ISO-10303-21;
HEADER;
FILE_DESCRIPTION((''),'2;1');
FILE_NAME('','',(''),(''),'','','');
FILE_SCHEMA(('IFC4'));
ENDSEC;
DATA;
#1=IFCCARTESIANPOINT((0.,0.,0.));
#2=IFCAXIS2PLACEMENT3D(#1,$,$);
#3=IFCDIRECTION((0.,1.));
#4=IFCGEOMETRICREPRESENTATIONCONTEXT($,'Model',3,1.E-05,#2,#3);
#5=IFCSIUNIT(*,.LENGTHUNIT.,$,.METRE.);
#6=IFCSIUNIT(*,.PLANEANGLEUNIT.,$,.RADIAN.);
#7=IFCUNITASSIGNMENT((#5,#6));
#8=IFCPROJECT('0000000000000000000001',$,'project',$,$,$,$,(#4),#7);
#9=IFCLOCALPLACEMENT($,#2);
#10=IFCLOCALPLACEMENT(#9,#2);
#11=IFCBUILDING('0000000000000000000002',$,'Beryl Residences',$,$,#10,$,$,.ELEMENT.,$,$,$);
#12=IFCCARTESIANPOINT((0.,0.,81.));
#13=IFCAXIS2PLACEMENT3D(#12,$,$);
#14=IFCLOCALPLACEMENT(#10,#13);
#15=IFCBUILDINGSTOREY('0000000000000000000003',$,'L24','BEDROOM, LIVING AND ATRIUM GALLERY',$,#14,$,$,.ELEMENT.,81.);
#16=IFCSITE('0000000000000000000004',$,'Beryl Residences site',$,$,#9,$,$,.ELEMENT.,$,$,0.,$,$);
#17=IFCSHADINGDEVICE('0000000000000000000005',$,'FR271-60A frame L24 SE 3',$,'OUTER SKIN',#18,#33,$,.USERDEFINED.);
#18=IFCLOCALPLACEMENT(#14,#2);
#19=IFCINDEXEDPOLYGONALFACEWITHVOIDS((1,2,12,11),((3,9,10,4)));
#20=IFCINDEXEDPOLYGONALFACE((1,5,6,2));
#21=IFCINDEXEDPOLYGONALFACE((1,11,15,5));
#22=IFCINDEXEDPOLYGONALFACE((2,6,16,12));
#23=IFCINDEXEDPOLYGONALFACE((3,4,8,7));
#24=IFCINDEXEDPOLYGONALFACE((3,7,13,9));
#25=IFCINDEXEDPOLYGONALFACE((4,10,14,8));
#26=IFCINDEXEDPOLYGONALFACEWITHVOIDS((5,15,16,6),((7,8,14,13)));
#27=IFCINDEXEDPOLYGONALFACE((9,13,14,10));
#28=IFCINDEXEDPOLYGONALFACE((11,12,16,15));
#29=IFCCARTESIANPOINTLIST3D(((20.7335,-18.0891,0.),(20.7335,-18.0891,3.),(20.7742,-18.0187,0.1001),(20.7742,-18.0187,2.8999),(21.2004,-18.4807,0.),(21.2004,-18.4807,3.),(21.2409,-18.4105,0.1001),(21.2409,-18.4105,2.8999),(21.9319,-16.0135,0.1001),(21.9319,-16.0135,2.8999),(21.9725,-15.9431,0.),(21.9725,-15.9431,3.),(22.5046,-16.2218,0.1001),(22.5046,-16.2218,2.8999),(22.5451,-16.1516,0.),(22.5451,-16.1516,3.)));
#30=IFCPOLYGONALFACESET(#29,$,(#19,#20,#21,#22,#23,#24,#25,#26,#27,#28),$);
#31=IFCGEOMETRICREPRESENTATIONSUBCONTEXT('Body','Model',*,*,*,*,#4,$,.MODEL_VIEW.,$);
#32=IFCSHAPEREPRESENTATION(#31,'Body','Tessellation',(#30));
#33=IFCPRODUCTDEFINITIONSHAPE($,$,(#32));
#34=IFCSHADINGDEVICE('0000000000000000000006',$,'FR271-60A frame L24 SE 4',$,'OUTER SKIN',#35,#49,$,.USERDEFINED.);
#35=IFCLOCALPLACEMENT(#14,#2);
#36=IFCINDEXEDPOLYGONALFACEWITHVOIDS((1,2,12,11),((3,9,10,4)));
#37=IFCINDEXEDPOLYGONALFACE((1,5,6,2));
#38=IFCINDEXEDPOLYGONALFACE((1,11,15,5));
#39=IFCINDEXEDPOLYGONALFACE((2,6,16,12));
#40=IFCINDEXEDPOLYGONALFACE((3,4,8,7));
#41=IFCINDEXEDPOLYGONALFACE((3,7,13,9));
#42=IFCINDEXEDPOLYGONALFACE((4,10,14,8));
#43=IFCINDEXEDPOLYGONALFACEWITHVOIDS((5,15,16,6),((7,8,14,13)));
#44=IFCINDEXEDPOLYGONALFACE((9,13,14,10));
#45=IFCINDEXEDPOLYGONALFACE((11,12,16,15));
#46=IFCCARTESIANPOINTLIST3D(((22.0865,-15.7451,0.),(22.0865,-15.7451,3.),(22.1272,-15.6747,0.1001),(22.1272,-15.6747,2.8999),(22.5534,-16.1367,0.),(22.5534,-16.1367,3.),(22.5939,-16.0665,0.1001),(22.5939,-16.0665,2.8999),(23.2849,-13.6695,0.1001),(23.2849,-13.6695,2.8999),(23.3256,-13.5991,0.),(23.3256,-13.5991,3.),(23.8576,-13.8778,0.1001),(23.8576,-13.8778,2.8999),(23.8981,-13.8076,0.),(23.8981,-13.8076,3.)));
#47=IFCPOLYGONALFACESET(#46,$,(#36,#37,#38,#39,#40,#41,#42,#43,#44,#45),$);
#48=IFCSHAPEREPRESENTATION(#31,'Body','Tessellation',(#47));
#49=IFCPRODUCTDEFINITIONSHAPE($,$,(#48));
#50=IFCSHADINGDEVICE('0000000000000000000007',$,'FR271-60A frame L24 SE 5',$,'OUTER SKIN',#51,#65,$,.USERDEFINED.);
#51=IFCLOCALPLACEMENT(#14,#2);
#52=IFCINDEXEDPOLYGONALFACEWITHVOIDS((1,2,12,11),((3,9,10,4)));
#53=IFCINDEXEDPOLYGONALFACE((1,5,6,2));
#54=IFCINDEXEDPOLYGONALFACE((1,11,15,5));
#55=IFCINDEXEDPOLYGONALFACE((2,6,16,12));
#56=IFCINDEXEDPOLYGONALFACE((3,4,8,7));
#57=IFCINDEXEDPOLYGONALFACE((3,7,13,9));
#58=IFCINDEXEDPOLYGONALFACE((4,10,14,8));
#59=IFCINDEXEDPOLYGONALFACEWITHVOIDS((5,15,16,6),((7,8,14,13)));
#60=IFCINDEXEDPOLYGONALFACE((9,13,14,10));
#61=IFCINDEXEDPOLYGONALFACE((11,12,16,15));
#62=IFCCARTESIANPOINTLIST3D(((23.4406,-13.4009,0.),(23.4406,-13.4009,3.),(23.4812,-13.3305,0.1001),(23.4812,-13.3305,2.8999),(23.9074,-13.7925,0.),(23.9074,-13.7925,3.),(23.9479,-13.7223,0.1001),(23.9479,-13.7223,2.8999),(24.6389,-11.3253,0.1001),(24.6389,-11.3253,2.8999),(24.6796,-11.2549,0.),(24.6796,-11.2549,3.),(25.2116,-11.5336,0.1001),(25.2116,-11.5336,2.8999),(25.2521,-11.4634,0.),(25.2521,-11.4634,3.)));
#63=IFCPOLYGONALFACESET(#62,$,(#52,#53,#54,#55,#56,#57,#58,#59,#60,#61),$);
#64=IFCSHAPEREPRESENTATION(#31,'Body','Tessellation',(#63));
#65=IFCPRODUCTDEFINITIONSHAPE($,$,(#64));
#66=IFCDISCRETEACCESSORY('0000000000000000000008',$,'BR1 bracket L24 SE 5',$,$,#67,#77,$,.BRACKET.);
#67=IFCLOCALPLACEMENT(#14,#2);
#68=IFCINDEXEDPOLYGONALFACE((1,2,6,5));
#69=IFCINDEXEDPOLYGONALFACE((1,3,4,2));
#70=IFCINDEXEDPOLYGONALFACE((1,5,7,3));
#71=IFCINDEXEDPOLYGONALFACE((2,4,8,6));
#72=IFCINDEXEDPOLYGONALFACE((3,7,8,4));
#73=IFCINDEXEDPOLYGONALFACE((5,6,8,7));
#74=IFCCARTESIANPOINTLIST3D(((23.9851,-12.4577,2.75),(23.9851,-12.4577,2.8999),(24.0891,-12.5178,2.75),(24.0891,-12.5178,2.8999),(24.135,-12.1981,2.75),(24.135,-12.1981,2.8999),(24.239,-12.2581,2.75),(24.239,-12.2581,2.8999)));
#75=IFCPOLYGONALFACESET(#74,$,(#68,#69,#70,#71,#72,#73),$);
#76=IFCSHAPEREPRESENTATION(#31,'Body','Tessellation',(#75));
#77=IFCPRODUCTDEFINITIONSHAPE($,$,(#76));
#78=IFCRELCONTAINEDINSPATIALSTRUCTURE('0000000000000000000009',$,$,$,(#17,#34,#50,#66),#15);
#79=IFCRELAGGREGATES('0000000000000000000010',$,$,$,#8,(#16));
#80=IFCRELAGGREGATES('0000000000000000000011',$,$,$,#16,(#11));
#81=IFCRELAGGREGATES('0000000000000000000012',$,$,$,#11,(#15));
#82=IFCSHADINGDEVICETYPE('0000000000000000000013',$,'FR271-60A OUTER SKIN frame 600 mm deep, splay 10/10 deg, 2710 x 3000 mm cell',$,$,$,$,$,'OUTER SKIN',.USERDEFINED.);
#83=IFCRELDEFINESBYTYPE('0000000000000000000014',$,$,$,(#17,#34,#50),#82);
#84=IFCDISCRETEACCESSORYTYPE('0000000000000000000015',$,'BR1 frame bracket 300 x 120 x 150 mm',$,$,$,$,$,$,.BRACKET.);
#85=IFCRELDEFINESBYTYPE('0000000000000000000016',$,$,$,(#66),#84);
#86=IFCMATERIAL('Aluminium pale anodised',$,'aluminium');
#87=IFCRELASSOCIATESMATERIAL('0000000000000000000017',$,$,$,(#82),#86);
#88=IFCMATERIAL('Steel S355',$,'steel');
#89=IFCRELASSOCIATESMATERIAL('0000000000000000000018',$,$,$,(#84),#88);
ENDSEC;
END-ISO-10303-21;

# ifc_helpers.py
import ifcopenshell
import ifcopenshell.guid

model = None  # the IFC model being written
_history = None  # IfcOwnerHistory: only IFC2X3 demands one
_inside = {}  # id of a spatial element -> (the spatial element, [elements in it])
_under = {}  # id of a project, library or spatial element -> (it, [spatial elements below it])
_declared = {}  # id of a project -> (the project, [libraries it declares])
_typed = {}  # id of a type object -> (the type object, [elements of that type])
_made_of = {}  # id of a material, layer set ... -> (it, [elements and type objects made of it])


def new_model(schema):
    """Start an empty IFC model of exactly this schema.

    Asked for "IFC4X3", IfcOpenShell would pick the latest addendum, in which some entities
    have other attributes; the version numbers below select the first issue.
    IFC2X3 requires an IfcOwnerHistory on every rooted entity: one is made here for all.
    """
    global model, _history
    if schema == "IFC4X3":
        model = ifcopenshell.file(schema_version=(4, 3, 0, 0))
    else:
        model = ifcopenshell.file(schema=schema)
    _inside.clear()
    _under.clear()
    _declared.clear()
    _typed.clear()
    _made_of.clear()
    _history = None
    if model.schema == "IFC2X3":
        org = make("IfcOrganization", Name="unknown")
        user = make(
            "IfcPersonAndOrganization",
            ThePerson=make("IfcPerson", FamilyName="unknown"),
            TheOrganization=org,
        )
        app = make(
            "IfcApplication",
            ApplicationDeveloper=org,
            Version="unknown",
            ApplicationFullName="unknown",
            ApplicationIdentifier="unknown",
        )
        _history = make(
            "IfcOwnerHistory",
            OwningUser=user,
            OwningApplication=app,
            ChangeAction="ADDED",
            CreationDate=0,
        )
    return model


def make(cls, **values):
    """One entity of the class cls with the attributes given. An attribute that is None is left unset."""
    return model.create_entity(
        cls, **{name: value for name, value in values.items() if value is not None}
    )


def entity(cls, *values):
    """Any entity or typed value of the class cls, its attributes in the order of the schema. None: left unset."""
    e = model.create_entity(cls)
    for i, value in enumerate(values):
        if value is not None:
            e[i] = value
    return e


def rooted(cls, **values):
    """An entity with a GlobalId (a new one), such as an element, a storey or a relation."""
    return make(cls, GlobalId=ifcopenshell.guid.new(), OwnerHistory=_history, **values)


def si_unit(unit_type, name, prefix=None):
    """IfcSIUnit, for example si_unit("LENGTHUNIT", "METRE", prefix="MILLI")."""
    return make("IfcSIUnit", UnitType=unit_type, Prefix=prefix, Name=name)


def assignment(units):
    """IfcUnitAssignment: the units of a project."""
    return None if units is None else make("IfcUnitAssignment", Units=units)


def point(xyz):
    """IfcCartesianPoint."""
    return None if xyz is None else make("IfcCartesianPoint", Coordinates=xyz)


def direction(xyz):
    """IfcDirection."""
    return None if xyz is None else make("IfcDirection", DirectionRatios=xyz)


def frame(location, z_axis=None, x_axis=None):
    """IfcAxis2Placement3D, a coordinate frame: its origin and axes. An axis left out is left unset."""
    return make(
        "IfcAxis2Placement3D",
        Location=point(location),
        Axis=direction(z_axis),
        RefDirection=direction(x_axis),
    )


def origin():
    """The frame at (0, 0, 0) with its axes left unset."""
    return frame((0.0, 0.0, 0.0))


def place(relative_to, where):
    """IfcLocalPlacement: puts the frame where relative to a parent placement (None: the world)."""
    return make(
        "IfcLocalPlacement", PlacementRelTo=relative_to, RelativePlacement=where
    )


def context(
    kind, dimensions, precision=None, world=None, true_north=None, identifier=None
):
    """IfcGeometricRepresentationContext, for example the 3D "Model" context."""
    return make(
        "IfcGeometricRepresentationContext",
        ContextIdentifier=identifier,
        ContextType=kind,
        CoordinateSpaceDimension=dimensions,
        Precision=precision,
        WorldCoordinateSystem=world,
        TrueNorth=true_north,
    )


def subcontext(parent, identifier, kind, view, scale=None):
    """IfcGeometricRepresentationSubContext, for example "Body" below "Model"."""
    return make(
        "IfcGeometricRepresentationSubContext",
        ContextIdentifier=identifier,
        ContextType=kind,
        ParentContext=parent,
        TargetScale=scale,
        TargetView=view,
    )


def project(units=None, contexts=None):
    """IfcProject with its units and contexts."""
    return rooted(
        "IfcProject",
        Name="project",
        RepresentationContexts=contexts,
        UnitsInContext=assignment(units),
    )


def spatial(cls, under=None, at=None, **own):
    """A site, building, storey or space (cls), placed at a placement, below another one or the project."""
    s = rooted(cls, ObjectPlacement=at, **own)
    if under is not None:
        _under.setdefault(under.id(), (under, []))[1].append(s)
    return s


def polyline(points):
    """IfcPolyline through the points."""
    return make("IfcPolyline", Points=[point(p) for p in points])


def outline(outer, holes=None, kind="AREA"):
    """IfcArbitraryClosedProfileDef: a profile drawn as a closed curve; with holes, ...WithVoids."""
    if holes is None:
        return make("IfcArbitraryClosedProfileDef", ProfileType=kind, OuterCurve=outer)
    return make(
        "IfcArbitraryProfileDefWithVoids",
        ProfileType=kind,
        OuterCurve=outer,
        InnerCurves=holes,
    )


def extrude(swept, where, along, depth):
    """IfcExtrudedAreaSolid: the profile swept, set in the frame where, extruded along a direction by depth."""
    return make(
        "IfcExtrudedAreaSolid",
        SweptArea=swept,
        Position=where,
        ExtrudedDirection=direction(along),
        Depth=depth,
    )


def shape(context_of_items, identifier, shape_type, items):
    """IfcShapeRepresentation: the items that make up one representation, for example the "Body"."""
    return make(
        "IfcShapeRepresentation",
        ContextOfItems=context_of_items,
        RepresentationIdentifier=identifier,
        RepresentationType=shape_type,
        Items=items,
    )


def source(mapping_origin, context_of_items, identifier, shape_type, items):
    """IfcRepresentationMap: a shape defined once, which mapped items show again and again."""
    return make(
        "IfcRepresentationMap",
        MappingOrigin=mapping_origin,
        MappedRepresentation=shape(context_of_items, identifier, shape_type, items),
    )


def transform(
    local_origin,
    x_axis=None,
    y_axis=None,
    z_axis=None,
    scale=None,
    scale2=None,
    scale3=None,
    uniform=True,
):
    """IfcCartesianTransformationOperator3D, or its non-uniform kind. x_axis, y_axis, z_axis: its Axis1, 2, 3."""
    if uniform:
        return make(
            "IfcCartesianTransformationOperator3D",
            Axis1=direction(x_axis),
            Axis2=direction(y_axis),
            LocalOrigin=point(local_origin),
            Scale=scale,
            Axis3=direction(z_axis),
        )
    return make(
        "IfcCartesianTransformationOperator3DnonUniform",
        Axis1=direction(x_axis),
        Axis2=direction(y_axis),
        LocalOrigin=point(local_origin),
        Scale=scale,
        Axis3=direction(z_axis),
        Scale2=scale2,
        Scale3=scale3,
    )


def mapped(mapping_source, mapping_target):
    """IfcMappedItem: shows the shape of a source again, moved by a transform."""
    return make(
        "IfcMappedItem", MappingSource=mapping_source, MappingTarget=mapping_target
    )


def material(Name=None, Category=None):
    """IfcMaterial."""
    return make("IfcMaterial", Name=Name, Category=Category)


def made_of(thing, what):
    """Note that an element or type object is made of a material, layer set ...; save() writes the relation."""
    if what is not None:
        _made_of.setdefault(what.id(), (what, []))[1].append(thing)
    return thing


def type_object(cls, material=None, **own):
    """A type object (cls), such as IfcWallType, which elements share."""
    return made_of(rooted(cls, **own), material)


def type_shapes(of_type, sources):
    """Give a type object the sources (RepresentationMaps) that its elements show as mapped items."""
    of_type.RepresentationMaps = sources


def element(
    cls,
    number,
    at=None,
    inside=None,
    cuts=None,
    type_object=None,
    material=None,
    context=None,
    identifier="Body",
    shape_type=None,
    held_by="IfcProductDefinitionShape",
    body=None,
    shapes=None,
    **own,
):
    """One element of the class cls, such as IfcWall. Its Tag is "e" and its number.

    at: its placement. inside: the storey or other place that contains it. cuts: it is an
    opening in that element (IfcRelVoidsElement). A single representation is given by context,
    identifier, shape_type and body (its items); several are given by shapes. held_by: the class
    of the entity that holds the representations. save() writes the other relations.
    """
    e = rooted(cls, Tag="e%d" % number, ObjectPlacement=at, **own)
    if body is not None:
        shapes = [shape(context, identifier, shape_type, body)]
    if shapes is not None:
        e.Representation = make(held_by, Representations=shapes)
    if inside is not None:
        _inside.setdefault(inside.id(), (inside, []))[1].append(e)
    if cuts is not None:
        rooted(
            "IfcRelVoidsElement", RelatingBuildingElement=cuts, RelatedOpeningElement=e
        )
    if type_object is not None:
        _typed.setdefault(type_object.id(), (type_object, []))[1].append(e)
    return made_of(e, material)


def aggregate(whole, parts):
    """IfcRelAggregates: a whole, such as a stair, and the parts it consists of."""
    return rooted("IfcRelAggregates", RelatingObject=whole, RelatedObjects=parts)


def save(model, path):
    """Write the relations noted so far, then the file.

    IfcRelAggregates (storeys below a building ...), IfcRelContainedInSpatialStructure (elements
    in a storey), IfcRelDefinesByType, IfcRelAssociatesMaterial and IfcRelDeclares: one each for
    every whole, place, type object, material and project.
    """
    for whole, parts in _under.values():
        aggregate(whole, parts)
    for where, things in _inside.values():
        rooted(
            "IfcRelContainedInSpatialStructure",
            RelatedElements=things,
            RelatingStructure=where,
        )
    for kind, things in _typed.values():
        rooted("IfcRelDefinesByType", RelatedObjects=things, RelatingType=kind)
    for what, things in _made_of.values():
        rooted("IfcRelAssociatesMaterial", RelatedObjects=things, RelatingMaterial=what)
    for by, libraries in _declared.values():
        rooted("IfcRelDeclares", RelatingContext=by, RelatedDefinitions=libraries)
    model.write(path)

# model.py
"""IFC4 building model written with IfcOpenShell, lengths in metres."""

from ifc_helpers import new_model, entity, si_unit, direction, frame, origin, place, context, subcontext, project, spatial, polyline, outline, extrude, source, transform, mapped, material, type_object, type_shapes, element, save


model = new_model("IFC4")

# Units and contexts
model_context = context("Model", 3, precision=1e-05, world=origin(), true_north=direction((0.0, 1.0)))
body_context = subcontext(model_context, "Body", "Model", "MODEL_VIEW")
ifc_project = project(units=[si_unit("LENGTHUNIT", "METRE"), si_unit("PLANEANGLEUNIT", "RADIAN")], contexts=[model_context])

# Site, building, storey
site_placement = place(None, origin())
site = spatial("IfcSite", under=ifc_project, at=site_placement, Name="Beryl Residences site", CompositionType="ELEMENT", RefElevation=0.0)
building_placement = place(site_placement, origin())
building = spatial("IfcBuilding", under=site, at=building_placement, Name="Beryl Residences", CompositionType="ELEMENT")
storey_placement = place(building_placement, frame((0.0, 0.0, 81.0)))
storey = spatial("IfcBuildingStorey", under=building, at=storey_placement, Name="L24", Description="BEDROOM, LIVING AND ATRIUM GALLERY", CompositionType="ELEMENT", Elevation=81.0)

# Shading devices
ifc_material_1 = material(Name="Aluminium pale anodised", Category="aluminium")
shading_device_type = type_object("IfcShadingDeviceType", Name="FR271-60A OUTER SKIN frame 600 mm deep, splay 10/10 deg, 2710 x 3000 mm cell", ElementType="OUTER SKIN", PredefinedType="USERDEFINED", material=ifc_material_1)
cartesian_point_1 = entity("IfcCartesianPoint", [-1.239, 0.0])
cartesian_point_2 = entity("IfcCartesianPoint", [-1.1577, 0.1001])
cartesian_point_3 = entity("IfcCartesianPoint", [-1.3447, 0.0])
cartesian_point_4 = entity("IfcCartesianPoint", [-1.2637, 0.1001])
shared_shape_1 = source(origin(), body_context, "Body", "SweptSolid", [
    entity("IfcExtrudedAreaSolidTapered", entity("IfcArbitraryProfileDefWithVoids", "AREA", None, entity("IfcPolyline", [cartesian_point_1, entity("IfcCartesianPoint", [1.239, 0.0]), entity("IfcCartesianPoint", [1.239, 3.0]), entity("IfcCartesianPoint", [-1.239, 3.0]), cartesian_point_1]), [entity("IfcPolyline", [cartesian_point_2, entity("IfcCartesianPoint", [1.1577, 0.1001]), entity("IfcCartesianPoint", [1.1577, 2.8999]), entity("IfcCartesianPoint", [-1.1577, 2.8999]), cartesian_point_2])]), entity("IfcAxis2Placement3D", entity("IfcCartesianPoint", [0.0, 0.0, 0.0]), entity("IfcDirection", [0.0, 1.0, 0.0]), entity("IfcDirection", [-1.0, 0.0, 0.0])), entity("IfcDirection", [0.0, 0.0, 1.0]), 0.6001, entity("IfcArbitraryProfileDefWithVoids", "AREA", None, entity("IfcPolyline", [cartesian_point_3, entity("IfcCartesianPoint", [1.3447, 0.0]), entity("IfcCartesianPoint", [1.3447, 3.0]), entity("IfcCartesianPoint", [-1.3447, 3.0]), cartesian_point_3]), [entity("IfcPolyline", [cartesian_point_4, entity("IfcCartesianPoint", [1.2637, 0.1001]), entity("IfcCartesianPoint", [1.2637, 2.8999]), entity("IfcCartesianPoint", [-1.2637, 2.8999]), cartesian_point_4])])),
])
type_shapes(shading_device_type, [shared_shape_1])
for number, where, z_axis, x_axis, name in (
    (1, (21.353, -17.0161, 0.0), (0.0, 0.0, 1.0), (-0.5, -0.866025, 0.0), "FR271-60A frame L24 SE 3"),
    (2, (22.7061, -14.6721, 0.0), (0.0, 0.0, 1.0), (-0.5, -0.866025, 0.0), "FR271-60A frame L24 SE 4"),
    (3, (24.0601, -12.3279, 0.0), (0.0, 0.0, 1.0), (-0.5, -0.866025, 0.0), "FR271-60A frame L24 SE 5"),
):
    element("IfcShadingDevice", number, at=place(storey_placement, frame(where, z_axis=z_axis, x_axis=x_axis)), inside=storey, type_object=shading_device_type, Name=name, ObjectType="OUTER SKIN", PredefinedType="USERDEFINED", context=body_context, shape_type="MappedRepresentation", body=[
        mapped(shared_shape_1, transform((0.0, 0.0, 0.0))),
    ])

# Discrete accessory
ifc_material_2 = material(Name="Steel S355", Category="steel")
discrete_accessory_type = type_object("IfcDiscreteAccessoryType", Name="BR1 frame bracket 300 x 120 x 150 mm", PredefinedType="BRACKET", material=ifc_material_2)
shared_shape_2 = source(origin(), body_context, "Body", "SweptSolid", [
    extrude(outline(polyline([(-0.1499, 0.0), (0.1499, 0.0), (0.1499, 0.1201), (-0.1499, 0.1201), (-0.1499, 0.0)])), origin(), (0.0, 0.0, 1.0), 0.1499),
])
type_shapes(discrete_accessory_type, [shared_shape_2])
discrete_accessory_placement = place(storey_placement, frame((24.0601, -12.3279, 2.75), z_axis=(0.0, 0.0, 1.0), x_axis=(-0.5, -0.866025, 0.0)))
element("IfcDiscreteAccessory", 4, at=discrete_accessory_placement, inside=storey, type_object=discrete_accessory_type, Name="BR1 bracket L24 SE 5", PredefinedType="BRACKET", context=body_context, shape_type="MappedRepresentation", body=[
    mapped(shared_shape_2, transform((0.0, 0.0, 0.0))),
])

save(model, "model.ifc")
